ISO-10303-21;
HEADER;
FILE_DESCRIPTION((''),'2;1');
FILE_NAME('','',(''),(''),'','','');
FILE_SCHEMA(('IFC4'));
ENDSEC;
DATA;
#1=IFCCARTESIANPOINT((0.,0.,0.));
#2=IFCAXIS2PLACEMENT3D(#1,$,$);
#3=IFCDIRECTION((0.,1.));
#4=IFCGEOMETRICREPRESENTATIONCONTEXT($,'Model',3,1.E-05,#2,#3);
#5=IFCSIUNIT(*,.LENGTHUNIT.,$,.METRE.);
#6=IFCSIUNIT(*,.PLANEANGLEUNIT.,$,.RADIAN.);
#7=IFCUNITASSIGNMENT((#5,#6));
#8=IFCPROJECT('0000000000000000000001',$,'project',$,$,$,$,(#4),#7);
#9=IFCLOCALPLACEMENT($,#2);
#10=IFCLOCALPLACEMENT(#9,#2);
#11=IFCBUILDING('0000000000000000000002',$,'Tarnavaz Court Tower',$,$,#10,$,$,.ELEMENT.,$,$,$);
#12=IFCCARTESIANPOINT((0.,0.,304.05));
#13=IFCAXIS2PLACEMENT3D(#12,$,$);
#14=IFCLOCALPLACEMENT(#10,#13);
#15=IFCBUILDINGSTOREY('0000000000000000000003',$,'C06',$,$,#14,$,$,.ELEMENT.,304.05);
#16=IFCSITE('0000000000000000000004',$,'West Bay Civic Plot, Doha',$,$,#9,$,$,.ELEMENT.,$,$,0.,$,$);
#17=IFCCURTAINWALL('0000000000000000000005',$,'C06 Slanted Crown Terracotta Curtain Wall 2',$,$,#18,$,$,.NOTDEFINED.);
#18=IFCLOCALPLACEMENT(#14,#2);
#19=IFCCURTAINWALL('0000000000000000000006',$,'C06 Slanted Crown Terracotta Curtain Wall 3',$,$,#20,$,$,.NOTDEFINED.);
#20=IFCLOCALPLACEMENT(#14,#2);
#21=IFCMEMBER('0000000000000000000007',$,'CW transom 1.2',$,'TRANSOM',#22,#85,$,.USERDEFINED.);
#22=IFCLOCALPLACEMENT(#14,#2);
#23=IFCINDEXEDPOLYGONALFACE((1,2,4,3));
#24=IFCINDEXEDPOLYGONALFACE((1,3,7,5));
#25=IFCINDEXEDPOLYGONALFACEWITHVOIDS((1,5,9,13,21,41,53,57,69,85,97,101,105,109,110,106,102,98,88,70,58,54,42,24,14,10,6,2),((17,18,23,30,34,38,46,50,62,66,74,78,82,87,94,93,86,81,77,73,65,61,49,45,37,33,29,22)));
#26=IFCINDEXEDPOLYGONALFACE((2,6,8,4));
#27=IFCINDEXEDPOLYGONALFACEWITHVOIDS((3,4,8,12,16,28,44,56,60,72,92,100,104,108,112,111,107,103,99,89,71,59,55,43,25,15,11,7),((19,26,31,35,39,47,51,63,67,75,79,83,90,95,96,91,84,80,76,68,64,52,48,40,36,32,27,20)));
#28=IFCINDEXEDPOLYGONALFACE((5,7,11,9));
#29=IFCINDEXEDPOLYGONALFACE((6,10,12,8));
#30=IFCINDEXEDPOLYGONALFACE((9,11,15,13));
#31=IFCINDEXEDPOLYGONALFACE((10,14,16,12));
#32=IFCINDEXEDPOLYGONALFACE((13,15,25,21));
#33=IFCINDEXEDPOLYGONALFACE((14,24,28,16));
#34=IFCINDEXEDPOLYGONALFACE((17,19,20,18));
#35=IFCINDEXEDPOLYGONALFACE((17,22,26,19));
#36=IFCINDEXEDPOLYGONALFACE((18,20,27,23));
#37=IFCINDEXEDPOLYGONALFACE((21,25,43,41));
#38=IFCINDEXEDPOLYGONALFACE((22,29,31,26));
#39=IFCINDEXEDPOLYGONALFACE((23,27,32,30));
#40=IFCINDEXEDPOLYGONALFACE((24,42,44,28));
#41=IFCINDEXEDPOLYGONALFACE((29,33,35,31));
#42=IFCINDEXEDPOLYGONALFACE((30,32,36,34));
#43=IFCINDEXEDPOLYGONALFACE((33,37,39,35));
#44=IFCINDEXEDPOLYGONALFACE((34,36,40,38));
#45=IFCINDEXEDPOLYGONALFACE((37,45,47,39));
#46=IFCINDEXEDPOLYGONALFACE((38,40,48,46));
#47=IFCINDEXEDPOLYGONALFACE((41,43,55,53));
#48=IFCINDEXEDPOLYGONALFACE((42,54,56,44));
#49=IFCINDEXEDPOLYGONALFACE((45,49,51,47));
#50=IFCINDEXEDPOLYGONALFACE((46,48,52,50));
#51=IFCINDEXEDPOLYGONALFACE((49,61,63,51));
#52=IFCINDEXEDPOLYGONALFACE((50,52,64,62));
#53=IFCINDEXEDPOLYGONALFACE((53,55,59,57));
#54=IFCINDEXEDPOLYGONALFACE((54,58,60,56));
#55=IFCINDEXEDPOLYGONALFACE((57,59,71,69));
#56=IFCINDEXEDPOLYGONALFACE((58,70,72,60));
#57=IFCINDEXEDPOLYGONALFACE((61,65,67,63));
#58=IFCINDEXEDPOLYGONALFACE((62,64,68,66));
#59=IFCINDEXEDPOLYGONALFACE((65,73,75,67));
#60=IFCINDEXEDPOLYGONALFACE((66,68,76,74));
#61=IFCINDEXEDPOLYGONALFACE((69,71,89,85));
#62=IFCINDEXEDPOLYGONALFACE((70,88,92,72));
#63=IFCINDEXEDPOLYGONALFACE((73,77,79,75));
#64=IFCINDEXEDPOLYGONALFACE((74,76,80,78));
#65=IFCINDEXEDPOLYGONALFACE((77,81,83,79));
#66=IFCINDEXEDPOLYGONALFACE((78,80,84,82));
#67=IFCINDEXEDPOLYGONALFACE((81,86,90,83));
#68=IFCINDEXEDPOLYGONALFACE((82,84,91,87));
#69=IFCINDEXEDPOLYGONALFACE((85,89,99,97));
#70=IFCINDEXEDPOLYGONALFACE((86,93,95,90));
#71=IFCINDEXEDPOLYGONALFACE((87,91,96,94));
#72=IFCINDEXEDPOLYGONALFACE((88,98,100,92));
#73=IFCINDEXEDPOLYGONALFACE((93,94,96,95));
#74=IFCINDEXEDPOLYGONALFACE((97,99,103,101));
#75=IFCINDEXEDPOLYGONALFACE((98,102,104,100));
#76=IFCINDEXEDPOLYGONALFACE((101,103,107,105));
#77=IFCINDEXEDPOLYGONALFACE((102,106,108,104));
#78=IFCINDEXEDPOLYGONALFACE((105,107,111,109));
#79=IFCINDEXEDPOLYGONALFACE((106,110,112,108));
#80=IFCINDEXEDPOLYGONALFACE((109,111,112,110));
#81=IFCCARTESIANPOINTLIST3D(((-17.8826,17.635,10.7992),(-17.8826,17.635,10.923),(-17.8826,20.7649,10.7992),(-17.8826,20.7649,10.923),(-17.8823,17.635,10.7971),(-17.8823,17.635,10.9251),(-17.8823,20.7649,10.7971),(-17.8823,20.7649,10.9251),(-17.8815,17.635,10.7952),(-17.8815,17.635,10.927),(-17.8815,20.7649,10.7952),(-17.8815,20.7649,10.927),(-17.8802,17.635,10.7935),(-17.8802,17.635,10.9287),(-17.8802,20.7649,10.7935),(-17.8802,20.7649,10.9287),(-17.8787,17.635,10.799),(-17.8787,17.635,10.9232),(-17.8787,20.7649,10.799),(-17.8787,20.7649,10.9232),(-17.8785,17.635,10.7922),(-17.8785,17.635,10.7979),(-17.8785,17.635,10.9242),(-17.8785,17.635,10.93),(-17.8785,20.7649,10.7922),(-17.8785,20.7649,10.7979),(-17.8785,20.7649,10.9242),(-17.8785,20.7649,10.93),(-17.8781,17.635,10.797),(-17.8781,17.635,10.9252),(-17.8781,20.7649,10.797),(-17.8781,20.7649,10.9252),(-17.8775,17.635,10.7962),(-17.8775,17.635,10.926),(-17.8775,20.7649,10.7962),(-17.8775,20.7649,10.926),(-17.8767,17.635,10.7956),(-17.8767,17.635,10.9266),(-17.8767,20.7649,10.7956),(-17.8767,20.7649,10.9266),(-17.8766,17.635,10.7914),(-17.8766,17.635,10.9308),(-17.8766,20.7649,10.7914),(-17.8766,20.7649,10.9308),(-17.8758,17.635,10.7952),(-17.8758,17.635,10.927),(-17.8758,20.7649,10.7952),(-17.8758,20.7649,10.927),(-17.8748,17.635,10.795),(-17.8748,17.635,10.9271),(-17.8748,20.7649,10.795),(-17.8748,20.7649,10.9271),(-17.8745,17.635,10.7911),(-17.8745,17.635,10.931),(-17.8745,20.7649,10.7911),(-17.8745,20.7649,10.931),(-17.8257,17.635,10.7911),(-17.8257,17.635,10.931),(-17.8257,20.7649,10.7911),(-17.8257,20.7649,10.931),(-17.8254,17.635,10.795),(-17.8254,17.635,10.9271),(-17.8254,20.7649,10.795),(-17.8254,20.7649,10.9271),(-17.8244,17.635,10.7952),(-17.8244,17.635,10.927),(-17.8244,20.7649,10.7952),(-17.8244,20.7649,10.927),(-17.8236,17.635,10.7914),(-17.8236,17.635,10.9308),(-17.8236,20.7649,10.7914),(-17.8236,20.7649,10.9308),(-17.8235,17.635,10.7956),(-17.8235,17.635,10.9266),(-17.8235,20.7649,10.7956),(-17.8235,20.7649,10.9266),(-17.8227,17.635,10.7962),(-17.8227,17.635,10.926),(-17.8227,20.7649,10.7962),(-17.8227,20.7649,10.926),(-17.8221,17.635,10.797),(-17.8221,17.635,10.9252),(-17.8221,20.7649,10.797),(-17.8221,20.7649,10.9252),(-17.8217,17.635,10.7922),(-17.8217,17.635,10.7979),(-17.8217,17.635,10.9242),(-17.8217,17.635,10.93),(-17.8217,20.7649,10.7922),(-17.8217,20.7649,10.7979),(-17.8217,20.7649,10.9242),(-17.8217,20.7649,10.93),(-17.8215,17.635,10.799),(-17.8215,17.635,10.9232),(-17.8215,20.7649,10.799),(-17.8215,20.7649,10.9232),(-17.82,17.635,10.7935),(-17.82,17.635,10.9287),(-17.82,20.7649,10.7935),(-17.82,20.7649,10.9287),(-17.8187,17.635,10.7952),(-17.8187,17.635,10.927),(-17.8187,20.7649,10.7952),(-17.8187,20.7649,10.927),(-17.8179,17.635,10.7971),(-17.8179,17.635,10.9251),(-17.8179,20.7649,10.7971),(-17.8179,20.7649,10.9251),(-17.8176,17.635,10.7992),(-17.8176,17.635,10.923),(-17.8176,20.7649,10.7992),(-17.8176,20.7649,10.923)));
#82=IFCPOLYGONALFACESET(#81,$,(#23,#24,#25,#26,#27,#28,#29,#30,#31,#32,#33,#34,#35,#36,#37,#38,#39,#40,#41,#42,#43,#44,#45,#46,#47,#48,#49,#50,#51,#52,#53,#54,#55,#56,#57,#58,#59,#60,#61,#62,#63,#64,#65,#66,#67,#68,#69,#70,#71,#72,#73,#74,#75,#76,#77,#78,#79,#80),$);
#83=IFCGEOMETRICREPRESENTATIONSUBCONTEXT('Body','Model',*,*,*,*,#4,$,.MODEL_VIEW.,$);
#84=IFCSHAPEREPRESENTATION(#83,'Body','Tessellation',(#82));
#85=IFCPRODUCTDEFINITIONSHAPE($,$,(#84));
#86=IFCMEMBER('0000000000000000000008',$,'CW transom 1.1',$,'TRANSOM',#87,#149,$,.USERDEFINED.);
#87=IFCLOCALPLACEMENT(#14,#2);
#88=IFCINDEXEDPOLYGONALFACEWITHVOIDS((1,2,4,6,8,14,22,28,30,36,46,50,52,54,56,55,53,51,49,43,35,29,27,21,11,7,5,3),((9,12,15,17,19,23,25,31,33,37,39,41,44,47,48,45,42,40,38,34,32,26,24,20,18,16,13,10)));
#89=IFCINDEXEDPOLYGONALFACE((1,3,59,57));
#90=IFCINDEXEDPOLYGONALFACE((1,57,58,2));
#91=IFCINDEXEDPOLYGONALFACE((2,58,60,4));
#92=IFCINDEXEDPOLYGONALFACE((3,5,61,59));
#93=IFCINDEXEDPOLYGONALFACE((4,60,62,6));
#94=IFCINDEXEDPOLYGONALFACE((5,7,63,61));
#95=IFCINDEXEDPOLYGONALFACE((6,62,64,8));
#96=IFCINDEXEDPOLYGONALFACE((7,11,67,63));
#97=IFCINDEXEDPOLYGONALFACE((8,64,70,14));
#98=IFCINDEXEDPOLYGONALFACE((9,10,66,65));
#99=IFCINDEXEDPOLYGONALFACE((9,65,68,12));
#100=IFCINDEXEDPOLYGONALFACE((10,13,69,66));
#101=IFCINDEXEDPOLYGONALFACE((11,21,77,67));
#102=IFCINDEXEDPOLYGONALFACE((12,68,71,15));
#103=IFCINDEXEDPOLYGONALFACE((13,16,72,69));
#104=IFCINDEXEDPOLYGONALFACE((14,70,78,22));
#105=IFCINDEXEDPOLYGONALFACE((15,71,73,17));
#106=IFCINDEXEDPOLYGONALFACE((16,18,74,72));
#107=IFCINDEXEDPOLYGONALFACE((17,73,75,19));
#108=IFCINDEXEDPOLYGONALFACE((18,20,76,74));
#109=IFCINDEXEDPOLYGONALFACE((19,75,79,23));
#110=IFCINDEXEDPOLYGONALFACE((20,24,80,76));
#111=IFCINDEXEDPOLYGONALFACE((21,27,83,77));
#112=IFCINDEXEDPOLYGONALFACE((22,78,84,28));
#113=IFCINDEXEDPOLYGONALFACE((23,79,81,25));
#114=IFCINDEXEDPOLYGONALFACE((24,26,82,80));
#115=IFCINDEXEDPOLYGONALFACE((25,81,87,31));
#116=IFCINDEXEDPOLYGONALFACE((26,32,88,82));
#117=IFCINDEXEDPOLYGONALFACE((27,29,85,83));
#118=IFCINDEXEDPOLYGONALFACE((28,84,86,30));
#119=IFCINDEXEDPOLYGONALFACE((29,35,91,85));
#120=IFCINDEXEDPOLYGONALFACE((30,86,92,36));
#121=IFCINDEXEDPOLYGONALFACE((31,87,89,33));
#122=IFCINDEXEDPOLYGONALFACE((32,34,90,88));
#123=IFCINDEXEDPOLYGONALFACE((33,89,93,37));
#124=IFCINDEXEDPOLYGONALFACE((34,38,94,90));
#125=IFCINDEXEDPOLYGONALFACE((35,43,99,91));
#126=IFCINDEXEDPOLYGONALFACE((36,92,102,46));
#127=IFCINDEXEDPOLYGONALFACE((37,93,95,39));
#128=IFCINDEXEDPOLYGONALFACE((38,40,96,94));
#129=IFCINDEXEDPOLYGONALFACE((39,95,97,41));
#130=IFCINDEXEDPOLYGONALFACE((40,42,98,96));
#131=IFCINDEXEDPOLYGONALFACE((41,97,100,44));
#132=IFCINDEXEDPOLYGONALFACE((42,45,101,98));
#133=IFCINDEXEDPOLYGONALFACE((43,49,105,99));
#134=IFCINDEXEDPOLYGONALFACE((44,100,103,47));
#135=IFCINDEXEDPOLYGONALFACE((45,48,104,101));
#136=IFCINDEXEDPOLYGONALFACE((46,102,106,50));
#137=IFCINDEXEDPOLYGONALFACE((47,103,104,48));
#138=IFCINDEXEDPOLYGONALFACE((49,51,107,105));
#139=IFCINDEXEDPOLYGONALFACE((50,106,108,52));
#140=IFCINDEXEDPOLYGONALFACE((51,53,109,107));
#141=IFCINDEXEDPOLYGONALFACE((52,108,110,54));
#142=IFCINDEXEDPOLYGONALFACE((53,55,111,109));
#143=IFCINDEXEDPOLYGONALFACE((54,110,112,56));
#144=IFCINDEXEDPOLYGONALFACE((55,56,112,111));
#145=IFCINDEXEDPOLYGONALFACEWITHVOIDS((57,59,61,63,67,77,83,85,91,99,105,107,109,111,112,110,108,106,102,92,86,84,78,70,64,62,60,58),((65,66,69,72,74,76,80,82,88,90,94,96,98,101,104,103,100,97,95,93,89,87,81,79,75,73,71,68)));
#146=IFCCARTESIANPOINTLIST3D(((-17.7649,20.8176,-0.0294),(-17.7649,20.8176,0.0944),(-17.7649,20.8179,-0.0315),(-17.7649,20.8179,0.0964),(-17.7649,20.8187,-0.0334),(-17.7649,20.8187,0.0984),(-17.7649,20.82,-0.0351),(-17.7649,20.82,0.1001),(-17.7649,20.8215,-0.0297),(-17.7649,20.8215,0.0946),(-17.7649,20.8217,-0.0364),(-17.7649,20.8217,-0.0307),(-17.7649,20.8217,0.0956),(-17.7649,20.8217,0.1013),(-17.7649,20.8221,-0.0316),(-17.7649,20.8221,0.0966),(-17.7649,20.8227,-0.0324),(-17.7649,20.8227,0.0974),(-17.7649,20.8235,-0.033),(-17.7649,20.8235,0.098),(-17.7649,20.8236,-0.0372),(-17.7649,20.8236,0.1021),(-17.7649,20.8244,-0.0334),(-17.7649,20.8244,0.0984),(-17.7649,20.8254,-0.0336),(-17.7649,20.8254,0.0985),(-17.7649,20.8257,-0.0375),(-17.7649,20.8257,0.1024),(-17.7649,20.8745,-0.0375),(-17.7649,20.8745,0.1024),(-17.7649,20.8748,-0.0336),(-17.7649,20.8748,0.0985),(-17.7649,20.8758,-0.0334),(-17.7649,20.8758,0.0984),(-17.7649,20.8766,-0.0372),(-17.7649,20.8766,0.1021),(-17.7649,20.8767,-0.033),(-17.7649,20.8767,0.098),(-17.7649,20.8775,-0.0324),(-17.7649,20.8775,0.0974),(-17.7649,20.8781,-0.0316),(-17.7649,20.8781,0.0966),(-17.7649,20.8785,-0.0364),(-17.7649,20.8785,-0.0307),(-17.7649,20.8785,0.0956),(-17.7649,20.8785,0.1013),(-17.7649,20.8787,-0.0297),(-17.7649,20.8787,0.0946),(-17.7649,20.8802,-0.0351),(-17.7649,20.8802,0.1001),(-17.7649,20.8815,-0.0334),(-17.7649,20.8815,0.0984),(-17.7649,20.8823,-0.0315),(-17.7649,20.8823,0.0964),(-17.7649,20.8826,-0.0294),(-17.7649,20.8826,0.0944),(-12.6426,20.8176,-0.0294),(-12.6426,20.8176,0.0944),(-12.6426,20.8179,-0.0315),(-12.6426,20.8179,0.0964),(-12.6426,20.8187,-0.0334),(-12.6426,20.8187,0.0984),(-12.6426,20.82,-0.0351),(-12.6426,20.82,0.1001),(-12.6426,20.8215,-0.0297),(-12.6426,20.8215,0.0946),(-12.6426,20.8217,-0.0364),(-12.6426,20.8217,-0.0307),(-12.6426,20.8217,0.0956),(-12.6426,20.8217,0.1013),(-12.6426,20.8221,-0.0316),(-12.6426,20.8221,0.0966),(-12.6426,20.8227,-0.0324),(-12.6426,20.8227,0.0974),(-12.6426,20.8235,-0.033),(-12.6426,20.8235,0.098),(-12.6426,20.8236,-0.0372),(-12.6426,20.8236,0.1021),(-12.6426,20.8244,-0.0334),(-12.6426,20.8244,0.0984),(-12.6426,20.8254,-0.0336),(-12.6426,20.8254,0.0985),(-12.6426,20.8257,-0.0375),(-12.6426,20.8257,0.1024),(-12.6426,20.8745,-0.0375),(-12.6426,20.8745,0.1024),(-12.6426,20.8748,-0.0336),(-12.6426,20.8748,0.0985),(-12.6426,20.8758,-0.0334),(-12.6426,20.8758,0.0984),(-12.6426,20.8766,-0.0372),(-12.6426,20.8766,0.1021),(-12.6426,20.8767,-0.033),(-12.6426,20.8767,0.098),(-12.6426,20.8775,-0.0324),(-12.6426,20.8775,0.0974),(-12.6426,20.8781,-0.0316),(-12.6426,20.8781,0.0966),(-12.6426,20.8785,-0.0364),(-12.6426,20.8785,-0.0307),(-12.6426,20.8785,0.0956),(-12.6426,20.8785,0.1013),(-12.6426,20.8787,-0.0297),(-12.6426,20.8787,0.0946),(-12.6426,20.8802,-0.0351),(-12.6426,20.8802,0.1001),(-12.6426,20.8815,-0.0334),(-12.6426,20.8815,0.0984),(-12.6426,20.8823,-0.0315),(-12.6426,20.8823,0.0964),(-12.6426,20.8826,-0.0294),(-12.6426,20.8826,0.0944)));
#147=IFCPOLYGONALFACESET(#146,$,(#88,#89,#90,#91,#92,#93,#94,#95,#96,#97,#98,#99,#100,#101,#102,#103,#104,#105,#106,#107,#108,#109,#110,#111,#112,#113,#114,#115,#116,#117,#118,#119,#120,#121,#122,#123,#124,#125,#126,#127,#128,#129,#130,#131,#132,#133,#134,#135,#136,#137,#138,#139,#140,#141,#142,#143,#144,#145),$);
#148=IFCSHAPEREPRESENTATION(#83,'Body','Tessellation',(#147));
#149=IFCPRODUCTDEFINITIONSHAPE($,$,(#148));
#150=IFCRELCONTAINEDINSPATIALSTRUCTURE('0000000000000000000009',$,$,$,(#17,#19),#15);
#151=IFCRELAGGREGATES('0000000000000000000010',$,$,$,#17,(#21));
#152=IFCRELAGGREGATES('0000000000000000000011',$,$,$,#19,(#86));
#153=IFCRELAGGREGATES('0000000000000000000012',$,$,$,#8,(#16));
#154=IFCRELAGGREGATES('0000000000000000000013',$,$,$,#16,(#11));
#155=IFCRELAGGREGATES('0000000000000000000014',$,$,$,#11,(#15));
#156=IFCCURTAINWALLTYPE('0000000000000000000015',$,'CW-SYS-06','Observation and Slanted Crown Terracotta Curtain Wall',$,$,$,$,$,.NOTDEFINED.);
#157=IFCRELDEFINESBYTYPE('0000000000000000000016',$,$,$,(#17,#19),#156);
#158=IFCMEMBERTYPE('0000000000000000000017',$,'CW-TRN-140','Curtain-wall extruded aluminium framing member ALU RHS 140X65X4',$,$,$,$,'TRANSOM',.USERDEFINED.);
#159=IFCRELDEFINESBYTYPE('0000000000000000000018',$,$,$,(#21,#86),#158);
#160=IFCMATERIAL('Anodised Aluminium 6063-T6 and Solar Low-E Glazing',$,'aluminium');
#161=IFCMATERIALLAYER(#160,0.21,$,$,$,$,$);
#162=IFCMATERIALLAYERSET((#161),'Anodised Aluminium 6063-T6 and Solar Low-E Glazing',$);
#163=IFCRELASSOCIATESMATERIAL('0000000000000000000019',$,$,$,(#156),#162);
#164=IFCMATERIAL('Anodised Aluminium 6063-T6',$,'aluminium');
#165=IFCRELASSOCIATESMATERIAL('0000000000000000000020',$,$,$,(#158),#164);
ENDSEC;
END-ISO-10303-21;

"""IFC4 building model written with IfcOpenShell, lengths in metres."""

from ifc_helpers import new_model, si_unit, direction, frame, origin, origin_2d, place, context, subcontext, project, spatial, hollow_rectangle, extrude, material, layer, layer_set, material_profile, profile_set, type_object, element, aggregate, save


model = new_model("IFC4")

# Units and contexts
model_context = context("Model", 3, precision=1e-05, world=origin(), true_north=direction((0.0, 1.0)))
body_context = subcontext(model_context, "Body", "Model", "MODEL_VIEW")
ifc_project = project(units=[si_unit("LENGTHUNIT", "METRE"), si_unit("PLANEANGLEUNIT", "RADIAN")], contexts=[model_context])

# Site, building, storey
site_placement = place(None, origin())
site = spatial("IfcSite", under=ifc_project, at=site_placement, Name="West Bay Civic Plot, Doha", CompositionType="ELEMENT", RefElevation=0.0)
building_placement = place(site_placement, origin())
building = spatial("IfcBuilding", under=site, at=building_placement, Name="Tarnavaz Court Tower", CompositionType="ELEMENT")
storey_placement = place(building_placement, frame((0.0, 0.0, 304.05)))
storey = spatial("IfcBuildingStorey", under=building, at=storey_placement, Name="C06", CompositionType="ELEMENT", Elevation=304.05)

# Curtain walls
ifc_material_1 = material(Name="Anodised Aluminium 6063-T6 and Solar Low-E Glazing", Category="aluminium")
ifc_layer_1 = layer(ifc_material_1, 0.21)
ifc_layer_set_1 = layer_set([ifc_layer_1], Name="Anodised Aluminium 6063-T6 and Solar Low-E Glazing")
curtain_wall_type = type_object("IfcCurtainWallType", Name="CW-SYS-06", Description="Observation and Slanted Crown Terracotta Curtain Wall", PredefinedType="NOTDEFINED", material=ifc_layer_set_1)
ifc_material_2 = material(Name="Anodised Aluminium 6063-T6", Category="aluminium")
curtain_wall_1_placement = place(storey_placement, origin())
curtain_wall_1 = element("IfcCurtainWall", 1, at=curtain_wall_1_placement, inside=storey, type_object=curtain_wall_type, Name="C06 Slanted Crown Terracotta Curtain Wall 2", PredefinedType="NOTDEFINED")
curtain_wall_2_placement = place(storey_placement, origin())
curtain_wall_2 = element("IfcCurtainWall", 2, at=curtain_wall_2_placement, inside=storey, type_object=curtain_wall_type, Name="C06 Slanted Crown Terracotta Curtain Wall 3", PredefinedType="NOTDEFINED")

# Members
ifc_material_profile_1 = material_profile(ifc_material_2, hollow_rectangle(XDim=0.0649, YDim=0.1399, WallThickness=0.0039, InnerFilletRadius=0.0039, OuterFilletRadius=0.0081, at=origin_2d()), Name="ALU RHS 140X65X4")
ifc_profile_set_1 = profile_set([ifc_material_profile_1], Name="Anodised Aluminium 6063-T6")
member_type_1 = type_object("IfcMemberType", Name="CW-TRN-140", Description="Curtain-wall extruded aluminium framing member ALU RHS 140X65X4", ElementType="TRANSOM", PredefinedType="USERDEFINED", material=ifc_profile_set_1)
member_1_placement = place(storey_placement, frame((-17.8501, 17.635, 10.8611), z_axis=(0.0, 1.0, 0.0), x_axis=(-1.0, 0.0, 0.0)))
member_1 = element("IfcMember", 3, at=member_1_placement, type_object=member_type_1, Name="CW transom 1.2", ObjectType="TRANSOM", PredefinedType="USERDEFINED", context=body_context, shape_type="SweptSolid", body=[
    extrude(hollow_rectangle(XDim=0.0649, YDim=0.1399, WallThickness=0.0039, InnerFilletRadius=0.0039, OuterFilletRadius=0.0081, at=origin_2d()), origin(), (0.0, 0.0, 1.0), 3.1299),
])
member_2_placement = place(storey_placement, frame((-17.7649, 20.8501, 0.0325), z_axis=(1.0, 0.0, 0.0), x_axis=(0.0, 1.0, 0.0)))
member_2 = element("IfcMember", 4, at=member_2_placement, type_object=member_type_1, Name="CW transom 1.1", ObjectType="TRANSOM", PredefinedType="USERDEFINED", context=body_context, shape_type="SweptSolid", body=[
    extrude(hollow_rectangle(XDim=0.0649, YDim=0.1399, WallThickness=0.0039, InnerFilletRadius=0.0039, OuterFilletRadius=0.0081, at=origin_2d()), origin(), (0.0, 0.0, 1.0), 5.1223),
])

aggregate(curtain_wall_1, [member_1])
aggregate(curtain_wall_2, [member_2])

save(model, "model.ifc")
